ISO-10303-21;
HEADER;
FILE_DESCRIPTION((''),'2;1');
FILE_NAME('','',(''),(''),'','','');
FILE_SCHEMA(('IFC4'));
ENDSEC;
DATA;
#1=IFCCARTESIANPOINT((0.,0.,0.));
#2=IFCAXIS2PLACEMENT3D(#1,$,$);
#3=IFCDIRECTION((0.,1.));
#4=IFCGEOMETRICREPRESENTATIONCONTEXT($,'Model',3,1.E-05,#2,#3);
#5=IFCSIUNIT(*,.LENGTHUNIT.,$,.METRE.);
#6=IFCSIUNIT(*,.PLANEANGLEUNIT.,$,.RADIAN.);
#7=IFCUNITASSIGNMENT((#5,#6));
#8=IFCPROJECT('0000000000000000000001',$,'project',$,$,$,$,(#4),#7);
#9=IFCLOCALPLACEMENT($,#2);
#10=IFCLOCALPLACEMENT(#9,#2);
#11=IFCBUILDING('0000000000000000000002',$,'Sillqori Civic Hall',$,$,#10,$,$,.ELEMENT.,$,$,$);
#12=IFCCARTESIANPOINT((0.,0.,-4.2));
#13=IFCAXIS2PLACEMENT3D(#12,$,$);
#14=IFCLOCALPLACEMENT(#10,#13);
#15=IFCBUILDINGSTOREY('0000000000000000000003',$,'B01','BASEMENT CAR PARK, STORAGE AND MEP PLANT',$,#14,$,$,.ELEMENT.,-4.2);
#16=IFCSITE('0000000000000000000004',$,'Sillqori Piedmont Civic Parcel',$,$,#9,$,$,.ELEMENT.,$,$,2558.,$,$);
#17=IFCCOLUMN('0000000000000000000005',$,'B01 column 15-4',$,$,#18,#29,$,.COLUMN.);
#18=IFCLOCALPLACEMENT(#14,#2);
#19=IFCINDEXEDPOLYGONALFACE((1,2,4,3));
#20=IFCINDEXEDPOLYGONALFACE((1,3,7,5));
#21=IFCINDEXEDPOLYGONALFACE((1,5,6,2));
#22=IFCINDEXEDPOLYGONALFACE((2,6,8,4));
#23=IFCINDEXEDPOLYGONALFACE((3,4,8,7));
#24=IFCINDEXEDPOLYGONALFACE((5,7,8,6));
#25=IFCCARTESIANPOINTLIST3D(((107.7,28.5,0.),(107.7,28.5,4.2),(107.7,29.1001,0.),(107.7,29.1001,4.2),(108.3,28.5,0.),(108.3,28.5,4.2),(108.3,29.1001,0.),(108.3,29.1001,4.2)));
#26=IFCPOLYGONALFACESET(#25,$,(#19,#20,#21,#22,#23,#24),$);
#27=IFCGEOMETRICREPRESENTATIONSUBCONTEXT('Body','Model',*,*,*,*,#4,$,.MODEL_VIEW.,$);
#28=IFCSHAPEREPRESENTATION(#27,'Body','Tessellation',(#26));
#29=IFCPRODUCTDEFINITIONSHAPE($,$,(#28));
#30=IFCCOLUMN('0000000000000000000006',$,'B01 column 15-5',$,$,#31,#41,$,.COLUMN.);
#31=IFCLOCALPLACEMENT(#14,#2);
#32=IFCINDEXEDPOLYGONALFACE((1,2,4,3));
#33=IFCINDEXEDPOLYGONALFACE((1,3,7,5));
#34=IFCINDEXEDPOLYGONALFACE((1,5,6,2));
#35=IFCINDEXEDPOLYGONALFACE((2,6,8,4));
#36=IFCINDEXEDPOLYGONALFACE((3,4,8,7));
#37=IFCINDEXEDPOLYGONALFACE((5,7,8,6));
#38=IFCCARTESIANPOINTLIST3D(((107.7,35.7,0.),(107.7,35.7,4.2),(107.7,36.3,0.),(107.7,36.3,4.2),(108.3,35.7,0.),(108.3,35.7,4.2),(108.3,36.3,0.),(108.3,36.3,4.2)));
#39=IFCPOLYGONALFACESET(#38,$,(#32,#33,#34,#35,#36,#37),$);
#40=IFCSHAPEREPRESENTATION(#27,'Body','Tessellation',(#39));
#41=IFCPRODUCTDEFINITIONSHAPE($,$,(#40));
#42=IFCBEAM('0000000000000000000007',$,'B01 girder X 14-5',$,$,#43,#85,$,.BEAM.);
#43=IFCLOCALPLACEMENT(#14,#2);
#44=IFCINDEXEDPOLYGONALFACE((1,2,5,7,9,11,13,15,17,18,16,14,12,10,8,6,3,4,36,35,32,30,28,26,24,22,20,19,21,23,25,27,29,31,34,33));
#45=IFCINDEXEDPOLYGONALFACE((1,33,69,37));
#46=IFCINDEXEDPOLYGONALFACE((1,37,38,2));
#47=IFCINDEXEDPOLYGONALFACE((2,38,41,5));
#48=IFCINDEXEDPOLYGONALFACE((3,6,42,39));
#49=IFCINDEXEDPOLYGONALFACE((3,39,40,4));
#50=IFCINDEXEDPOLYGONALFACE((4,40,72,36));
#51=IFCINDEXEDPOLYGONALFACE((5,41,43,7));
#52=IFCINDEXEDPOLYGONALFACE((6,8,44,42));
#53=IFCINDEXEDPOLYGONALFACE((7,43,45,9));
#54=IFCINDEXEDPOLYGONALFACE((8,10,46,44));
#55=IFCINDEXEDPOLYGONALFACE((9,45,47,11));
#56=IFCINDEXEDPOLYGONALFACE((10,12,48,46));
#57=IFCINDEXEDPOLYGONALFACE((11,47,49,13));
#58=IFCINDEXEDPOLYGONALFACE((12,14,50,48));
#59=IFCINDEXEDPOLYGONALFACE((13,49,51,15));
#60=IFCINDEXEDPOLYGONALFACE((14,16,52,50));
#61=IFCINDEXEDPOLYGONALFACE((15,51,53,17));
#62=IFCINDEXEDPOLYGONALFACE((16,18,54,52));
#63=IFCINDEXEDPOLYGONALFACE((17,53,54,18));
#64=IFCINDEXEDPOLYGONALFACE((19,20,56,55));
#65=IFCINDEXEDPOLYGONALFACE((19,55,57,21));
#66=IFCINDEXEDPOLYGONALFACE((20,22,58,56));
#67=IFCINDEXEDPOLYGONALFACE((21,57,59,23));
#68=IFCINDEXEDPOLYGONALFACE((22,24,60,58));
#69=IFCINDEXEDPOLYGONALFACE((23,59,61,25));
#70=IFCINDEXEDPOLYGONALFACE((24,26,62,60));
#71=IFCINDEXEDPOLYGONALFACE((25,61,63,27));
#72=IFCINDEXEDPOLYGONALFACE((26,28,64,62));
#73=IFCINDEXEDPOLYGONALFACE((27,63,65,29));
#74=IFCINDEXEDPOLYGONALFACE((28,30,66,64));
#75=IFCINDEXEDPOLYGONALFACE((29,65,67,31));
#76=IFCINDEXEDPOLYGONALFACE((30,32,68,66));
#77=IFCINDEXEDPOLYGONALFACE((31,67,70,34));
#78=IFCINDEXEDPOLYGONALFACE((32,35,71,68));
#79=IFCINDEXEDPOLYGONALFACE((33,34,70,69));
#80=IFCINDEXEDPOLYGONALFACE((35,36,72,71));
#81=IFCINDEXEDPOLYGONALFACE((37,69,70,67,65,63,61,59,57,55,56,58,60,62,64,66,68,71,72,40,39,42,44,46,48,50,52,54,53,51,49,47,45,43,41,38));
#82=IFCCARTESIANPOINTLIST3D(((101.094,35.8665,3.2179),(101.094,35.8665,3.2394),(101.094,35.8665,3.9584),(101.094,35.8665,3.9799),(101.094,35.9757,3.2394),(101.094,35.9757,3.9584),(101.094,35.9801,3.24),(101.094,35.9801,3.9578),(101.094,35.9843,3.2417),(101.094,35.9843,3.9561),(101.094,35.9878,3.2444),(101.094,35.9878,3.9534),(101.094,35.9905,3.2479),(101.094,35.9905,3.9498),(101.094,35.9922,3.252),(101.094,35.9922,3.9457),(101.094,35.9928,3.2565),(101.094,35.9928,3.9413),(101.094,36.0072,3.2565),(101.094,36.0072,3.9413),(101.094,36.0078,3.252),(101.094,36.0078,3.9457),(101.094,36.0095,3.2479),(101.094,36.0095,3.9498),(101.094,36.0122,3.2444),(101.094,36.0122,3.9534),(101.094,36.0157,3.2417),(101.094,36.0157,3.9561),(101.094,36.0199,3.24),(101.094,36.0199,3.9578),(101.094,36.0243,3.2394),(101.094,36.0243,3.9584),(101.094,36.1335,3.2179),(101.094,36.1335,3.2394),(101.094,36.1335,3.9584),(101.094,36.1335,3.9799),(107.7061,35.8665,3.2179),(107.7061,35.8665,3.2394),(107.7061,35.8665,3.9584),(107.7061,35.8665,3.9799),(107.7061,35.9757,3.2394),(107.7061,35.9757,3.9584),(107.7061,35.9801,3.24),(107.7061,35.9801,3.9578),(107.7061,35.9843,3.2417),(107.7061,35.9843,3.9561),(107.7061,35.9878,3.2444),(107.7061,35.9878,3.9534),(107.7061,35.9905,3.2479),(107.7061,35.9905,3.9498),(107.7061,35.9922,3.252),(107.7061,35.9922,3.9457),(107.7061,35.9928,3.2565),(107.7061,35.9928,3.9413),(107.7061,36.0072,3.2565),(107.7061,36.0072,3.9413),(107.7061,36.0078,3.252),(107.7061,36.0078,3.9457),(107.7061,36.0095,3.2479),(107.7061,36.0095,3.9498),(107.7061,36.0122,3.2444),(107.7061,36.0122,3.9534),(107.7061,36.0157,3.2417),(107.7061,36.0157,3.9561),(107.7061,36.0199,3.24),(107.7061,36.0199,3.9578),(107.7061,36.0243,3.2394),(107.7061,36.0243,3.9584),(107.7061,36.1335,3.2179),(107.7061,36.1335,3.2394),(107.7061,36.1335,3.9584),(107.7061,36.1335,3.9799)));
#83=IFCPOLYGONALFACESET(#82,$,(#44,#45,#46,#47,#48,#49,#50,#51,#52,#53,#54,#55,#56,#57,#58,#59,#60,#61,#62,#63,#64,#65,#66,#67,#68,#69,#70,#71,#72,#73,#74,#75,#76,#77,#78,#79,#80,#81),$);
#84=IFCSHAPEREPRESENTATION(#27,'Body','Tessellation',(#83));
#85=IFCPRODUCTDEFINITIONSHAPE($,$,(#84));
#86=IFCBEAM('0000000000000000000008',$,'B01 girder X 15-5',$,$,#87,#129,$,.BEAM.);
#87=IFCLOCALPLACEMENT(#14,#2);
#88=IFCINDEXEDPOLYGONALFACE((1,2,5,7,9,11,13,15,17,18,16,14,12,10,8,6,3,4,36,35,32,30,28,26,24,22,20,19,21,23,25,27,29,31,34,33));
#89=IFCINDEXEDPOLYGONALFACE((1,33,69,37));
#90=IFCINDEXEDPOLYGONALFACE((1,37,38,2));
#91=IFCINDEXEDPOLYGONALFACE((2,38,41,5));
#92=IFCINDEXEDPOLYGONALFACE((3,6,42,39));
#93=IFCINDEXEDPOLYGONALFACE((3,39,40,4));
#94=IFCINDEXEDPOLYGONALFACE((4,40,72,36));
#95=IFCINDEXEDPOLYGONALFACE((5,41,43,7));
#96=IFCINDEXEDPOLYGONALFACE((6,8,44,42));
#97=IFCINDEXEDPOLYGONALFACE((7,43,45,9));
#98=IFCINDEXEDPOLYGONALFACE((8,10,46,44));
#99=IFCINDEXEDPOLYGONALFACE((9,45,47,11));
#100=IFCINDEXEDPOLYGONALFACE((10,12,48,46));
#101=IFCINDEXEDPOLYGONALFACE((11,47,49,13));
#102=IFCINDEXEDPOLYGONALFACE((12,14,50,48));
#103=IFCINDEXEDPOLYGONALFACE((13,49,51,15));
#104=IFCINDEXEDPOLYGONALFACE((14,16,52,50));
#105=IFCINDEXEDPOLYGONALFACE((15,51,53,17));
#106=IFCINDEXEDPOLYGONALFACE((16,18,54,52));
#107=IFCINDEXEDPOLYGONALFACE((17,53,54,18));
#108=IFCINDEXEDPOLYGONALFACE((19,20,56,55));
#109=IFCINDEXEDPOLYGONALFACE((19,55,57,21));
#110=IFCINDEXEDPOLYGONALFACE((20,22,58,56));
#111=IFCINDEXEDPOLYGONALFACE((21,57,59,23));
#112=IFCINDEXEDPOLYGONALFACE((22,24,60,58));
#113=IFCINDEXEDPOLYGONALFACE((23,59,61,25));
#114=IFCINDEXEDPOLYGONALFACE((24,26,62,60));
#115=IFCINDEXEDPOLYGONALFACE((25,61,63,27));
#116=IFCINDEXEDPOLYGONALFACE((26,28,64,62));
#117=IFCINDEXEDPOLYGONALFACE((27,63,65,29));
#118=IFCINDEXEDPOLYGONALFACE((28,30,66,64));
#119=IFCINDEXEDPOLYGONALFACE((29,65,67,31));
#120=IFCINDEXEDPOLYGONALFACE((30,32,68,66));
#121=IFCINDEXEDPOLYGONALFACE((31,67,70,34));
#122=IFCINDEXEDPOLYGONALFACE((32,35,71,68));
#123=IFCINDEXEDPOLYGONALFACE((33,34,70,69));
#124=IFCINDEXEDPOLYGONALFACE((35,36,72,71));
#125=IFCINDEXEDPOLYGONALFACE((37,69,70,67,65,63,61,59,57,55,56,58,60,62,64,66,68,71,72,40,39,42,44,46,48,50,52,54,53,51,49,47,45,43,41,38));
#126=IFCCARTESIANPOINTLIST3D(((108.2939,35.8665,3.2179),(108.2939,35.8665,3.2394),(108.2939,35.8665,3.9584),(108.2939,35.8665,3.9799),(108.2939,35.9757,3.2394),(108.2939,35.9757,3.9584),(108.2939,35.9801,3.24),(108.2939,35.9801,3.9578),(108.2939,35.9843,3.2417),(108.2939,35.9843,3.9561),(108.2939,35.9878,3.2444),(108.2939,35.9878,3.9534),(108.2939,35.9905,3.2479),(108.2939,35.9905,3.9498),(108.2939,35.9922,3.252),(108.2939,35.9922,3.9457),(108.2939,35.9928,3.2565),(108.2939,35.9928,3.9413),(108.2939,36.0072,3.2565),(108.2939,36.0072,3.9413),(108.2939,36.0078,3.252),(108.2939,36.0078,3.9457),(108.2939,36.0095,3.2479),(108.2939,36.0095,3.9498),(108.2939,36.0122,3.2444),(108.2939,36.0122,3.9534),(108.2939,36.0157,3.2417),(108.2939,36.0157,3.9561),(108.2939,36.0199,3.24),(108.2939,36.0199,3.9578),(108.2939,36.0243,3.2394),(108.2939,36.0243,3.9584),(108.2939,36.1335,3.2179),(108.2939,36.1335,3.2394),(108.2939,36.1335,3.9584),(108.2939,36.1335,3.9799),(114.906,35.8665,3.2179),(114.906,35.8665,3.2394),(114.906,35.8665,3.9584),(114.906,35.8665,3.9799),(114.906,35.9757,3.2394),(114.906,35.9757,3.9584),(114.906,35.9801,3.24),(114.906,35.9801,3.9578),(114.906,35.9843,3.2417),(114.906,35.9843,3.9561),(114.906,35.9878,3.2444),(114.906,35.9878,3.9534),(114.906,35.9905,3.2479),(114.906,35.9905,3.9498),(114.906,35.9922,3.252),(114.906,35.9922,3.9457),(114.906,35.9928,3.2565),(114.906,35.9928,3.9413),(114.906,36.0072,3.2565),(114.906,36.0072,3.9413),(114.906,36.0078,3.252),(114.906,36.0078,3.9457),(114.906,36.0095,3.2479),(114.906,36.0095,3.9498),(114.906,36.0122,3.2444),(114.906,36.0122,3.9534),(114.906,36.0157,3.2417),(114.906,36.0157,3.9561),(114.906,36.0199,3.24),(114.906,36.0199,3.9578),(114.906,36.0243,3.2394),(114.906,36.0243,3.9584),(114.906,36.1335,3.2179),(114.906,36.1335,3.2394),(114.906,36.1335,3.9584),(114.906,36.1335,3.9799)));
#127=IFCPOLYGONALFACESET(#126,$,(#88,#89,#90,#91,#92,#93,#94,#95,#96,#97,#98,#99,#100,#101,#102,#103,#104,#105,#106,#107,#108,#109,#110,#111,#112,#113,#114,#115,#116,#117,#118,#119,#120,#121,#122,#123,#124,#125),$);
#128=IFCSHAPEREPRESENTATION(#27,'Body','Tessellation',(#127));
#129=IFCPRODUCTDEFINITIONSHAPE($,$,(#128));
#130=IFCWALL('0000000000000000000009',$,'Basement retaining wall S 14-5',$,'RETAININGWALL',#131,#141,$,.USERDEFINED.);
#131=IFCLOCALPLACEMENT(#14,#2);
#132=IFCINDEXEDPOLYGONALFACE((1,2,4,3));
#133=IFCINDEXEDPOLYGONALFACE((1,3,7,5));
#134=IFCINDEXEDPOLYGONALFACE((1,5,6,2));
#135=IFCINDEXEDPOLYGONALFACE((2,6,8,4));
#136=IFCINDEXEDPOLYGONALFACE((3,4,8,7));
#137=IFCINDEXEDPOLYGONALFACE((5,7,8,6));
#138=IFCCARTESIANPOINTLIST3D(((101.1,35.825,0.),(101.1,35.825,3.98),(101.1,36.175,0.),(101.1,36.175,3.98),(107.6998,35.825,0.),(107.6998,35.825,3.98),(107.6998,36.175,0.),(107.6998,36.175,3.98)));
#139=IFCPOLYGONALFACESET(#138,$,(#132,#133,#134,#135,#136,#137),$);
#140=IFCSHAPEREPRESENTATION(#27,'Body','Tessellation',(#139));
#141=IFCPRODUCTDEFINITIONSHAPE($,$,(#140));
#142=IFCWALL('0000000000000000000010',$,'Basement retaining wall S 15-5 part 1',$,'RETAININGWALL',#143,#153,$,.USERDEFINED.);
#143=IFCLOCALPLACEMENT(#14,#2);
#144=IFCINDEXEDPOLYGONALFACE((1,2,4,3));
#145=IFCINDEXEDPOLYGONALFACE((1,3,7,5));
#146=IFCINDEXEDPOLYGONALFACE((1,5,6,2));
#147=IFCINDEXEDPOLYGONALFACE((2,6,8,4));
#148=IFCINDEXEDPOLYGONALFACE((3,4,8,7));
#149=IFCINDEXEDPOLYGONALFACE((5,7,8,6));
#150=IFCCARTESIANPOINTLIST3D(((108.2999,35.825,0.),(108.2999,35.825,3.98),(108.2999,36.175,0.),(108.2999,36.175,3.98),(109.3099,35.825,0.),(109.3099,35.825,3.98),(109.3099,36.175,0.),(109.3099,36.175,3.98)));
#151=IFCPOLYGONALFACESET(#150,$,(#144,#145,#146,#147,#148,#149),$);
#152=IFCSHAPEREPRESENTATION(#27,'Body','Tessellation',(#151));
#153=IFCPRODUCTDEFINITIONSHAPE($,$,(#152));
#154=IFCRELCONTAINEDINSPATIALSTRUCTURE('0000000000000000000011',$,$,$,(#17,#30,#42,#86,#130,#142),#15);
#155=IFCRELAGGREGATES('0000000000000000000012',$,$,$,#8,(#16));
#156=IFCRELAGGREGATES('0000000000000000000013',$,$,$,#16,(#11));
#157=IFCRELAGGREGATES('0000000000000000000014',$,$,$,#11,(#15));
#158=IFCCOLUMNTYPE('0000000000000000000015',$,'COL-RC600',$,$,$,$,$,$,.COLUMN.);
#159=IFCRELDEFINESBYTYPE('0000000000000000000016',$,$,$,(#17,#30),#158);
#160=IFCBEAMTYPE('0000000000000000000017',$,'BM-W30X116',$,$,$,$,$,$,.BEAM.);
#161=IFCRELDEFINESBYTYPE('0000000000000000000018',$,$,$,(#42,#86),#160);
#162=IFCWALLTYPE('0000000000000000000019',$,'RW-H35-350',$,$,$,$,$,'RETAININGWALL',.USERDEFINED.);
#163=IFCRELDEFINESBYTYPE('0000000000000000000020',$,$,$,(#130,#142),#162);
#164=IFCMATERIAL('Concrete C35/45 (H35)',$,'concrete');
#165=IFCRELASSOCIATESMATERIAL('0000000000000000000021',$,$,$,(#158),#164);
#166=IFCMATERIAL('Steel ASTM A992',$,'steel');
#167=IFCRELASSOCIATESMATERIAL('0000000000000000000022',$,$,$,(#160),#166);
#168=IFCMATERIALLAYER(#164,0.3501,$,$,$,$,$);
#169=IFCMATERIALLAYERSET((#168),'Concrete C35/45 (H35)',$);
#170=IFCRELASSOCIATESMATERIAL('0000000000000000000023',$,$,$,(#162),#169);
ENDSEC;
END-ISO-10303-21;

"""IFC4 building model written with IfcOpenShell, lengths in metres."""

from ifc_helpers import new_model, si_unit, direction, frame, frame_2d, origin, origin_2d, place, context, subcontext, project, spatial, rectangle, i_section, extrude, material, layer, layer_set, material_profile, profile_set, type_object, element, save


model = new_model("IFC4")

# Units and contexts
model_context = context("Model", 3, precision=1e-05, world=origin(), true_north=direction((0.0, 1.0)))
body_context = subcontext(model_context, "Body", "Model", "MODEL_VIEW")
ifc_project = project(units=[si_unit("LENGTHUNIT", "METRE"), si_unit("PLANEANGLEUNIT", "RADIAN")], contexts=[model_context])

# Site, building, storey
site_placement = place(None, origin())
site = spatial("IfcSite", under=ifc_project, at=site_placement, Name="Sillqori Piedmont Civic Parcel", CompositionType="ELEMENT", RefElevation=2558.0)
building_placement = place(site_placement, origin())
building = spatial("IfcBuilding", under=site, at=building_placement, Name="Sillqori Civic Hall", CompositionType="ELEMENT")
storey_placement = place(building_placement, frame((0.0, 0.0, -4.2)))
storey = spatial("IfcBuildingStorey", under=building, at=storey_placement, Name="B01", Description="BASEMENT CAR PARK, STORAGE AND MEP PLANT", CompositionType="ELEMENT", Elevation=-4.2)

# Shared definitions
ifc_material_1 = material(Name="Concrete C35/45 (H35)", Category="concrete")

# Columns
ifc_material_profile_1 = material_profile(ifc_material_1, rectangle(XDim=0.6001, YDim=0.6001, at=origin_2d()), Name="RC 600x600")
ifc_profile_set_1 = profile_set([ifc_material_profile_1], Name="Concrete C35/45 (H35)")
column_type = type_object("IfcColumnType", Name="COL-RC600", PredefinedType="COLUMN", material=ifc_profile_set_1)
for number, where, z_axis, x_axis, name in (
    (1, (108.0, 28.8, 0.0), (0.0, 0.0, 1.0), (1.0, 0.0, 0.0), "B01 column 15-4"),
    (2, (108.0, 36.0, 0.0), (0.0, 0.0, 1.0), (1.0, 0.0, 0.0), "B01 column 15-5"),
):
    element("IfcColumn", number, at=place(storey_placement, frame(where, z_axis=z_axis, x_axis=x_axis)), inside=storey, type_object=column_type, Name=name, PredefinedType="COLUMN", context=body_context, shape_type="SweptSolid", body=[
        extrude(rectangle(XDim=0.6001, YDim=0.6001, at=origin_2d()), origin(), (0.0, 0.0, 1.0), 4.2),
    ])

# Beams
ifc_material_2 = material(Name="Steel ASTM A992", Category="steel")
ifc_material_profile_2 = material_profile(ifc_material_2, i_section(OverallWidth=0.2671, OverallDepth=0.762, WebThickness=0.0144, FlangeThickness=0.0215, FilletRadius=0.0171, at=origin_2d()), Name="W30X116")
ifc_profile_set_2 = profile_set([ifc_material_profile_2], Name="Steel ASTM A992")
beam_type = type_object("IfcBeamType", Name="BM-W30X116", PredefinedType="BEAM", material=ifc_profile_set_2)
for number, where, z_axis, x_axis, name in (
    (3, (101.094, 36.0, 3.5989), (1.0, 0.0, 0.0), (0.0, 1.0, 0.0), "B01 girder X 14-5"),
    (4, (108.2939, 36.0, 3.5989), (1.0, 0.0, 0.0), (0.0, 1.0, 0.0), "B01 girder X 15-5"),
):
    element("IfcBeam", number, at=place(storey_placement, frame(where, z_axis=z_axis, x_axis=x_axis)), inside=storey, type_object=beam_type, Name=name, PredefinedType="BEAM", context=body_context, shape_type="SweptSolid", body=[
        extrude(i_section(OverallWidth=0.2671, OverallDepth=0.762, WebThickness=0.0144, FlangeThickness=0.0215, FilletRadius=0.0171, at=origin_2d()), origin(), (0.0, 0.0, 1.0), 6.6121),
    ])

# Walls
ifc_layer = layer(ifc_material_1, 0.3501)
ifc_layer_set = layer_set([ifc_layer], Name="Concrete C35/45 (H35)")
wall_type = type_object("IfcWallType", Name="RW-H35-350", ElementType="RETAININGWALL", PredefinedType="USERDEFINED", material=ifc_layer_set)
wall_1_placement = place(storey_placement, frame((101.1001, 36.0, 0.0), z_axis=(0.0, 0.0, 1.0), x_axis=(1.0, 0.0, 0.0)))
element("IfcWall", 5, at=wall_1_placement, inside=storey, type_object=wall_type, Name="Basement retaining wall S 14-5", ObjectType="RETAININGWALL", PredefinedType="USERDEFINED", context=body_context, shape_type="SweptSolid", body=[
    extrude(rectangle(XDim=6.5999, YDim=0.3501, at=frame_2d((3.2998, 0.0))), origin(), (0.0, 0.0, 1.0), 3.98),
])
wall_2_placement = place(storey_placement, frame((108.3, 36.0, 0.0), z_axis=(0.0, 0.0, 1.0), x_axis=(1.0, 0.0, 0.0)))
element("IfcWall", 6, at=wall_2_placement, inside=storey, type_object=wall_type, Name="Basement retaining wall S 15-5 part 1", ObjectType="RETAININGWALL", PredefinedType="USERDEFINED", context=body_context, shape_type="SweptSolid", body=[
    extrude(rectangle(XDim=1.01, YDim=0.3501, at=frame_2d((0.5049, 0.0))), origin(), (0.0, 0.0, 1.0), 3.98),
])

save(model, "model.ifc")
